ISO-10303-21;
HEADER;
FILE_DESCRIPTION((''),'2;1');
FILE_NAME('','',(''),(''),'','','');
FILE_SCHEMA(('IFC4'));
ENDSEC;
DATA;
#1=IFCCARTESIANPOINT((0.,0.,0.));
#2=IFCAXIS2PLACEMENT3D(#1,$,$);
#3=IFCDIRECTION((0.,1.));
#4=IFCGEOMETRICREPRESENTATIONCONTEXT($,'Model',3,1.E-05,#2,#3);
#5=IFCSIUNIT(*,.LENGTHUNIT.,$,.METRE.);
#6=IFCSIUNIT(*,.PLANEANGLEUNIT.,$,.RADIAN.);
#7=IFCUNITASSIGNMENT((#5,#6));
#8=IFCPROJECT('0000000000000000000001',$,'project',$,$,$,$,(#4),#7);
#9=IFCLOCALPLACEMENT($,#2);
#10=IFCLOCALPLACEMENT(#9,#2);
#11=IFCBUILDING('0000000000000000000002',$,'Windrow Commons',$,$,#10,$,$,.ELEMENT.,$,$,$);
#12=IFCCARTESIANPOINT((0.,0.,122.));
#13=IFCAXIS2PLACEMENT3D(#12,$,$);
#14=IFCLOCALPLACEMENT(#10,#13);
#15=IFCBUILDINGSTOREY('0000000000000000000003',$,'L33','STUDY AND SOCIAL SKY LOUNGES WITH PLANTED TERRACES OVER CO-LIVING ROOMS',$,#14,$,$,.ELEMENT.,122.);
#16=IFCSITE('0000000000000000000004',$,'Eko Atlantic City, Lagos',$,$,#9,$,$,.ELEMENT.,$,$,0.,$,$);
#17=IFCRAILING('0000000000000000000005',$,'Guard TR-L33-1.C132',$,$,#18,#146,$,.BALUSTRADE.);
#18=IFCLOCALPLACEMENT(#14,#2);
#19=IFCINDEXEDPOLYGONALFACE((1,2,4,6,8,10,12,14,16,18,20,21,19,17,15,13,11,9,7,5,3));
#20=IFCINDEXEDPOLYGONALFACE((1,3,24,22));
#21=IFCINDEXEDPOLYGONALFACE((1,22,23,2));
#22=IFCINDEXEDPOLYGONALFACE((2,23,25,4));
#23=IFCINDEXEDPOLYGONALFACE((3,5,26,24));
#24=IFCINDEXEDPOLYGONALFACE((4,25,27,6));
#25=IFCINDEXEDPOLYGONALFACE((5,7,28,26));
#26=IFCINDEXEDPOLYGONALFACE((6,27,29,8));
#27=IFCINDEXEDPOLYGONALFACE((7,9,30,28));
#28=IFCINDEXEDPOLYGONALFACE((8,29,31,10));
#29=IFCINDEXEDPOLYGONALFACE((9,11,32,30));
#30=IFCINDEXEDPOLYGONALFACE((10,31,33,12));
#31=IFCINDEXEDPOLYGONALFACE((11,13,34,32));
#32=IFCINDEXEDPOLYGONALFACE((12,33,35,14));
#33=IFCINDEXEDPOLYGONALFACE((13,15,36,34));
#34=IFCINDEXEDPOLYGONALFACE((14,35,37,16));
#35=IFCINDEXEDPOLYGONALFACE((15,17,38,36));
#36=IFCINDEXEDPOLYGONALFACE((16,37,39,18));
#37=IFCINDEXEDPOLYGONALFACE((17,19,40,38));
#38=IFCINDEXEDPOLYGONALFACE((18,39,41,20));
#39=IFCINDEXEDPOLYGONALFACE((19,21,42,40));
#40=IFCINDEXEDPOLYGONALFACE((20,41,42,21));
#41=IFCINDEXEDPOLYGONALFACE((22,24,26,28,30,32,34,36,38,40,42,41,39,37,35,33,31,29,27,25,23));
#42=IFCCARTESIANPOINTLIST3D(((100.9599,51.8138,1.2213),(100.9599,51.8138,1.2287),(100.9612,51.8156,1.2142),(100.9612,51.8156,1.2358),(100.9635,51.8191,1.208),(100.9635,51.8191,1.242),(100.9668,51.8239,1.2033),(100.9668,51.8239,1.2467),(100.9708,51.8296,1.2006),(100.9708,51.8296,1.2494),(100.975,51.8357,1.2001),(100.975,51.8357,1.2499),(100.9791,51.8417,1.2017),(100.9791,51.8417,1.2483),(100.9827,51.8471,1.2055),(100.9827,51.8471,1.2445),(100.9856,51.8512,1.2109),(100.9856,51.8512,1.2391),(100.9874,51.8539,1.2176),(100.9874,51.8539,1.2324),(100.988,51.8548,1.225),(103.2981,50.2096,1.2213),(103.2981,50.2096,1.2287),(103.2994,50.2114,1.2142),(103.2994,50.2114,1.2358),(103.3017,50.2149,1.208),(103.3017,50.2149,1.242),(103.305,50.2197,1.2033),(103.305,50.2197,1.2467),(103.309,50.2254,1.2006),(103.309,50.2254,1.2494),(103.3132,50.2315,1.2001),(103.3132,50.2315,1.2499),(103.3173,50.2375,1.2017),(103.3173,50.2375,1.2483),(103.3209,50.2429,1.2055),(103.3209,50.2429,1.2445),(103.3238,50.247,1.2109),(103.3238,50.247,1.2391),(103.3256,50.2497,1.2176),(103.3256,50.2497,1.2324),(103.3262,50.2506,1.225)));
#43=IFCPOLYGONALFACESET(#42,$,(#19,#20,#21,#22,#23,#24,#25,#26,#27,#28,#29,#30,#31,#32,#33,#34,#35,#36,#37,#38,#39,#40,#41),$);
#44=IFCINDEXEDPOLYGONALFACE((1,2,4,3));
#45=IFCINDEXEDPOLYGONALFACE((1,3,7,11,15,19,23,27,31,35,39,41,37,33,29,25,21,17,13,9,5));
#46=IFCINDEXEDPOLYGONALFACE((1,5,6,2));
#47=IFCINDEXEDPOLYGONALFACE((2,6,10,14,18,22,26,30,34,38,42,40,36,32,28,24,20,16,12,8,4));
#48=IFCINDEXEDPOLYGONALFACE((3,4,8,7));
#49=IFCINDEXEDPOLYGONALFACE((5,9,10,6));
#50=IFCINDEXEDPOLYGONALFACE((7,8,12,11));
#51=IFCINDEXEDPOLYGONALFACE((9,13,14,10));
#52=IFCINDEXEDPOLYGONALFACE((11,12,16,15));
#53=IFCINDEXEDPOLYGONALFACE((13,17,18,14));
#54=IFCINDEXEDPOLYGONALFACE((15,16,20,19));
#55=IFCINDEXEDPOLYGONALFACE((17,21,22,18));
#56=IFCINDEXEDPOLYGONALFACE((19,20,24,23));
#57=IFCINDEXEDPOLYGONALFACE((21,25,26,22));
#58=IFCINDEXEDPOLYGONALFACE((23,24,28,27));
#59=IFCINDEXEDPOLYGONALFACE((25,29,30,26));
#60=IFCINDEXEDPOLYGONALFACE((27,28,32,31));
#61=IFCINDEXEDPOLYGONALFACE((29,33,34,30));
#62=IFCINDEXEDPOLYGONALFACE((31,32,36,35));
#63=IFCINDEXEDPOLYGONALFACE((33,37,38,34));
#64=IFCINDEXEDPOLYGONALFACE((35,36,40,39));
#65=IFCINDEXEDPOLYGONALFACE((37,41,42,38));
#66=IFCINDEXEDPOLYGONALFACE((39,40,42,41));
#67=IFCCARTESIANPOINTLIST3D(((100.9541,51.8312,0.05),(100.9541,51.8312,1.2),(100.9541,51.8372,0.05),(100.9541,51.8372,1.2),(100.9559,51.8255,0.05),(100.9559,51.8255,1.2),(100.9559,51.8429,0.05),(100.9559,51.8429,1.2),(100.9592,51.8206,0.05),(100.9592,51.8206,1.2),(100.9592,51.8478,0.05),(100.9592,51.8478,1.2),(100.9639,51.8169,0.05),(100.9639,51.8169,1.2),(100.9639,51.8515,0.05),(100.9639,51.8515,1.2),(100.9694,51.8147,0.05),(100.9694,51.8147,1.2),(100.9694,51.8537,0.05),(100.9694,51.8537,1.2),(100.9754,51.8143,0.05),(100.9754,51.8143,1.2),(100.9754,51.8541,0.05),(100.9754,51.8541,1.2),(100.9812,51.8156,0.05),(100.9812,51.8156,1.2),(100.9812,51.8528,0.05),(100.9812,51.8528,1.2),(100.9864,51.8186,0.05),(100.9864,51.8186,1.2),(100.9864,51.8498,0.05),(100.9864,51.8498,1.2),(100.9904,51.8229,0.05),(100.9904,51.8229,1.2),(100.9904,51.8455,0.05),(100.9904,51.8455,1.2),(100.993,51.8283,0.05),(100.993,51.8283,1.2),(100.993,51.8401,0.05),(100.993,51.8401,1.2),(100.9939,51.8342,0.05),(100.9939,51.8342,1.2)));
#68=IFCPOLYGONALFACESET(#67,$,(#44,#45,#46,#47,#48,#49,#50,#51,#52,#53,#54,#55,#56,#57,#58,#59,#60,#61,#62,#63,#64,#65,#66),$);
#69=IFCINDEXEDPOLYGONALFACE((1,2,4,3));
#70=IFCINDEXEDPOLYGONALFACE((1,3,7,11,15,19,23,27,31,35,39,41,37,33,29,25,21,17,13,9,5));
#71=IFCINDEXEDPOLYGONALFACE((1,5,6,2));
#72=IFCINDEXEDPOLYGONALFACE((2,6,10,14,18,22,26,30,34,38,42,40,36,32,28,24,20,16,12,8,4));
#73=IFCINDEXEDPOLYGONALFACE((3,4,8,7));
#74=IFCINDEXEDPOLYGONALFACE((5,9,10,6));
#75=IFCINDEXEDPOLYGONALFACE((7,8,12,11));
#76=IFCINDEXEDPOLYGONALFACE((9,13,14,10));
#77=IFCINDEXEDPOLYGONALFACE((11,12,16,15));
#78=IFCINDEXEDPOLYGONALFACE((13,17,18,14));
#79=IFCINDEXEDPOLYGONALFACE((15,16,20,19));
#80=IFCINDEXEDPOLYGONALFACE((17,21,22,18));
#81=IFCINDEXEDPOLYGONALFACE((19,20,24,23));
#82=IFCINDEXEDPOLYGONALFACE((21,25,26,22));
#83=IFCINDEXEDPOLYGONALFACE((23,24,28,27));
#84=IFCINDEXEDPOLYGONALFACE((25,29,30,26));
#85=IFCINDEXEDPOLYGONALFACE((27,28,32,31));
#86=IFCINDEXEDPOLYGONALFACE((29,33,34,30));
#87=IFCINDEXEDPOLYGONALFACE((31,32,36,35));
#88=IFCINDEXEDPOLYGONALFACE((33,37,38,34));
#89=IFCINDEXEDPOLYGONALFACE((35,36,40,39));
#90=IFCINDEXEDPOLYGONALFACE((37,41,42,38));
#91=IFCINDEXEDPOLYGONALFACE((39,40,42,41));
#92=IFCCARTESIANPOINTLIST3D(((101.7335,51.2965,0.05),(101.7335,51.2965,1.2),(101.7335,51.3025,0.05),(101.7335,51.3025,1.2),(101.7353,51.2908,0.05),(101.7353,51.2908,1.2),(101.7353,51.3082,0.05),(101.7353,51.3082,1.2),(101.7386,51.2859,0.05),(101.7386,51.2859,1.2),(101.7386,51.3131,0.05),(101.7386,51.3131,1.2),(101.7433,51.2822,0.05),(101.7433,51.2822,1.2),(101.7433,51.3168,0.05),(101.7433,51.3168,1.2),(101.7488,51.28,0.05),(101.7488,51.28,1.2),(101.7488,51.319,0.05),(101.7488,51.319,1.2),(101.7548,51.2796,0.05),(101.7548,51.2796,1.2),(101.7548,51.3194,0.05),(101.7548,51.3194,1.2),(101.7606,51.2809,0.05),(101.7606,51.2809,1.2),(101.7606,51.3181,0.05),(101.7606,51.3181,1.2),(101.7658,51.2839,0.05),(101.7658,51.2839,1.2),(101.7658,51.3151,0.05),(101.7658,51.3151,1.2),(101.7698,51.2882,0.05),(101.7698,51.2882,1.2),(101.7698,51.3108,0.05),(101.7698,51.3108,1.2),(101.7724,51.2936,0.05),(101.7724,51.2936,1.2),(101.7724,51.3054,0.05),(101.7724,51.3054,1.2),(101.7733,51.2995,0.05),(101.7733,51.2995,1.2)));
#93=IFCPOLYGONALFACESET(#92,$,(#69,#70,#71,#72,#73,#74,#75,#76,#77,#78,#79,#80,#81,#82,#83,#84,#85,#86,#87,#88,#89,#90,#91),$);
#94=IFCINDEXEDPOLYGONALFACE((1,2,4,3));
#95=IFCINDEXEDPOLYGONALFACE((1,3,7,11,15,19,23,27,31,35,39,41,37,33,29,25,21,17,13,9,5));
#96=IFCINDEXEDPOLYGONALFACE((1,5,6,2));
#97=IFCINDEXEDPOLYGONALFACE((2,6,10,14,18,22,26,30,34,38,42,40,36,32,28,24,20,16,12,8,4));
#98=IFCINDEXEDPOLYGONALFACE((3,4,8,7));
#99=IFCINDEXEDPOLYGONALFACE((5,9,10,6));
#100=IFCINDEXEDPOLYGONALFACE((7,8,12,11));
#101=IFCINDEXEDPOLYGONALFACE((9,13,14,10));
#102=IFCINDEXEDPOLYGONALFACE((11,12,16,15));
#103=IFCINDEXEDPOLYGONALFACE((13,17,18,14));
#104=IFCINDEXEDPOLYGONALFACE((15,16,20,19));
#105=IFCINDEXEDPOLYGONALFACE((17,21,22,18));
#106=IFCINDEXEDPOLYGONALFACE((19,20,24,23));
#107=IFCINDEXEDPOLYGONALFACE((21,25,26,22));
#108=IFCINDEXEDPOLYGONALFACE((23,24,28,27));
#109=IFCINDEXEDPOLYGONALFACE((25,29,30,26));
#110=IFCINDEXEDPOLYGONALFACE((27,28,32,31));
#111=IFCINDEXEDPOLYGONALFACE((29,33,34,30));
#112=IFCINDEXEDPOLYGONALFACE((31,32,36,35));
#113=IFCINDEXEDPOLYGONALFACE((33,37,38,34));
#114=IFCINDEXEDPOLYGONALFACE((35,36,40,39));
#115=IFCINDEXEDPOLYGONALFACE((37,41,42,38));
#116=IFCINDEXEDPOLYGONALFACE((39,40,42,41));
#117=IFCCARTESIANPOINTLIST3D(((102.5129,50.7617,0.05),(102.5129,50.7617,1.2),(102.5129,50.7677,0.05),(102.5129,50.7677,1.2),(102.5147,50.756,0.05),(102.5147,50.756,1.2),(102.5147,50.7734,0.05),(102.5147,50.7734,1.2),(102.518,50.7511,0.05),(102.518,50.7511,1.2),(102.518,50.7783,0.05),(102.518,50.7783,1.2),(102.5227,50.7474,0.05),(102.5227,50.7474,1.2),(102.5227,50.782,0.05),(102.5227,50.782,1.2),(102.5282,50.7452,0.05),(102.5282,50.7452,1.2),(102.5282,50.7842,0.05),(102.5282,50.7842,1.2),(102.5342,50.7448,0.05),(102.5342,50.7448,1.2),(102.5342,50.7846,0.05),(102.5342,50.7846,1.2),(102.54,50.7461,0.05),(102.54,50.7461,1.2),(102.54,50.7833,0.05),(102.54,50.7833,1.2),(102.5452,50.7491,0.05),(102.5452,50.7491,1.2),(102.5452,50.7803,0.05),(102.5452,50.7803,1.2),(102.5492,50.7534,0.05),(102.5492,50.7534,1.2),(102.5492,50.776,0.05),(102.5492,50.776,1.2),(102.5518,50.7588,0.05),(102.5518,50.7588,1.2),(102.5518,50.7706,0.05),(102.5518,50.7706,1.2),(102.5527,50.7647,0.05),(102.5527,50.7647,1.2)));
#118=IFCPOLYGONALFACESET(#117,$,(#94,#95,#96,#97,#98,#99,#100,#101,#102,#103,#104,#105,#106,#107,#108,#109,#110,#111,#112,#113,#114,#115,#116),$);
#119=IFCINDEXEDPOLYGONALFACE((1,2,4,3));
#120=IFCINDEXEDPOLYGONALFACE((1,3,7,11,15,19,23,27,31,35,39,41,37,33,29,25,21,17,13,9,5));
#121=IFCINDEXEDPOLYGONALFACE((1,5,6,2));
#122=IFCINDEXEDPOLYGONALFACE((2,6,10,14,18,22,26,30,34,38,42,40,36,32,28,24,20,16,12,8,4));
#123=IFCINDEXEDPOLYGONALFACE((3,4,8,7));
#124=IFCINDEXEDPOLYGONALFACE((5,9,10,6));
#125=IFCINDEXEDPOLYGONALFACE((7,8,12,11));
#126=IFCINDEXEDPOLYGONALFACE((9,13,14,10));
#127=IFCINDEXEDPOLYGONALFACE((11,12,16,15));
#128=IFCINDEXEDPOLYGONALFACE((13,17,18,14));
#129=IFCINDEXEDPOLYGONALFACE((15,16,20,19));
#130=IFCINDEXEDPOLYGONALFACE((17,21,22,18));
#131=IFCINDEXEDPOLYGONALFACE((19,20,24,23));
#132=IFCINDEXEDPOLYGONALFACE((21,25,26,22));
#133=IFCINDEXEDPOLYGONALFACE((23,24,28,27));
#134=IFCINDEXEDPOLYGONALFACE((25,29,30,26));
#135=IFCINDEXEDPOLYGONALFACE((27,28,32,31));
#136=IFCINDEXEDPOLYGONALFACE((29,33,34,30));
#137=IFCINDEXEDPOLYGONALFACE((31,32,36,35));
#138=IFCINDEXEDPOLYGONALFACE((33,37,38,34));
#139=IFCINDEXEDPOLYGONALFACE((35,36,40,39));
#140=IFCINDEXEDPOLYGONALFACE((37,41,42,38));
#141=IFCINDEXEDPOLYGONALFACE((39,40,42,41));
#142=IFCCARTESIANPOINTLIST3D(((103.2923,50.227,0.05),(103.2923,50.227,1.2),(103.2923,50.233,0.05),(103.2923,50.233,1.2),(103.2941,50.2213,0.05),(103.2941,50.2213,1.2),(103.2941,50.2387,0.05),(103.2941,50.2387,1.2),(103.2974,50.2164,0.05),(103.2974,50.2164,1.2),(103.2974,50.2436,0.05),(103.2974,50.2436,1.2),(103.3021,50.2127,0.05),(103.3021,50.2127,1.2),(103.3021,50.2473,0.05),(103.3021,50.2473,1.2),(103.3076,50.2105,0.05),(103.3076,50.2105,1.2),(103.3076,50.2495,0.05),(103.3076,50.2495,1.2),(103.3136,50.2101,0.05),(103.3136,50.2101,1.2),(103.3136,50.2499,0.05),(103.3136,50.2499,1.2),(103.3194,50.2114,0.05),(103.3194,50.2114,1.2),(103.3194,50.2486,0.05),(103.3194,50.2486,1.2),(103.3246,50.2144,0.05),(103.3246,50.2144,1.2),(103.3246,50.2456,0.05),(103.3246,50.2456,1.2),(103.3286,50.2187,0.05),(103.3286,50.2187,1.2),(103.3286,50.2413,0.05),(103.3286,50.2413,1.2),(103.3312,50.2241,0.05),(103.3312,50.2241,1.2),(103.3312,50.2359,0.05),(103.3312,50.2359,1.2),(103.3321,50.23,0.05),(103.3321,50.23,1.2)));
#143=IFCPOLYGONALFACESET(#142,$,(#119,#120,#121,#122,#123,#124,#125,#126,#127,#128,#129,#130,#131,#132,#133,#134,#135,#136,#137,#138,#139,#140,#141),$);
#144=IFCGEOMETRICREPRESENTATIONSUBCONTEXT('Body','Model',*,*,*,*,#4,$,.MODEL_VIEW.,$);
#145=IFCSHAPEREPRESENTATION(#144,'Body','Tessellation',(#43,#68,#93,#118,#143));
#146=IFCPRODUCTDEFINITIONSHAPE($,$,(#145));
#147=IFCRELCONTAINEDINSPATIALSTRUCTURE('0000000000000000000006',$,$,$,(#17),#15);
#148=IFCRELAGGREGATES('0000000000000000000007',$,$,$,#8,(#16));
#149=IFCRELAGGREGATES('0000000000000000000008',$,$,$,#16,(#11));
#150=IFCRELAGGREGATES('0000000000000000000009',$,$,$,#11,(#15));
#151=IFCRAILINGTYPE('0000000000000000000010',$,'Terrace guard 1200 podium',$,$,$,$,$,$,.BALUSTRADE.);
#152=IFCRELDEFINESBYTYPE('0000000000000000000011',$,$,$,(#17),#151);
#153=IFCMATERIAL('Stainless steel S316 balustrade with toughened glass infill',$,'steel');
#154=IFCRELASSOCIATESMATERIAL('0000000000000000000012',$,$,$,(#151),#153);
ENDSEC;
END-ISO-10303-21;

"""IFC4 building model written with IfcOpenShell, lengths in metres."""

from ifc_helpers import new_model, si_unit, direction, frame, origin, origin_2d, place, context, subcontext, project, spatial, circle, extrude, material, type_object, element, save


model = new_model("IFC4")

# Units and contexts
model_context = context("Model", 3, precision=1e-05, world=origin(), true_north=direction((0.0, 1.0)))
body_context = subcontext(model_context, "Body", "Model", "MODEL_VIEW")
ifc_project = project(units=[si_unit("LENGTHUNIT", "METRE"), si_unit("PLANEANGLEUNIT", "RADIAN")], contexts=[model_context])

# Site, building, storey
site_placement = place(None, origin())
site = spatial("IfcSite", under=ifc_project, at=site_placement, Name="Eko Atlantic City, Lagos", CompositionType="ELEMENT", RefElevation=0.0)
building_placement = place(site_placement, origin())
building = spatial("IfcBuilding", under=site, at=building_placement, Name="Windrow Commons", CompositionType="ELEMENT")
storey_placement = place(building_placement, frame((0.0, 0.0, 122.0)))
storey = spatial("IfcBuildingStorey", under=building, at=storey_placement, Name="L33", Description="STUDY AND SOCIAL SKY LOUNGES WITH PLANTED TERRACES OVER CO-LIVING ROOMS", CompositionType="ELEMENT", Elevation=122.0)

# Railing
ifc_material_1 = material(Name="Stainless steel S316 balustrade with toughened glass infill", Category="steel")
railing_type_1 = type_object("IfcRailingType", Name="Terrace guard 1200 podium", PredefinedType="BALUSTRADE", material=ifc_material_1)
railing_1_placement = place(storey_placement, frame((100.9739, 51.8342, 0.05)))
element("IfcRailing", 1, at=railing_1_placement, inside=storey, type_object=railing_type_1, Name="Guard TR-L33-1.C132", PredefinedType="BALUSTRADE", context=body_context, shape_type="SweptSolid", body=[
    extrude(circle(Radius=0.025, at=origin_2d()), frame((0.0, 0.0, 1.175), z_axis=(0.824587, -0.565735, 0.0), x_axis=(0.565735, 0.824587, 0.0)), (0.0, 0.0, 1.0), 2.8356),
    extrude(circle(Radius=0.02, at=origin_2d()), origin(), (0.0, 0.0, 1.0), 1.15),
    extrude(circle(Radius=0.02, at=origin_2d()), frame((0.7794, -0.5347, 0.0)), (0.0, 0.0, 1.0), 1.15),
    extrude(circle(Radius=0.02, at=origin_2d()), frame((1.5588, -1.0695, 0.0)), (0.0, 0.0, 1.0), 1.15),
    extrude(circle(Radius=0.02, at=origin_2d()), frame((2.3382, -1.6042, 0.0)), (0.0, 0.0, 1.0), 1.15),
])

save(model, "model.ifc")
